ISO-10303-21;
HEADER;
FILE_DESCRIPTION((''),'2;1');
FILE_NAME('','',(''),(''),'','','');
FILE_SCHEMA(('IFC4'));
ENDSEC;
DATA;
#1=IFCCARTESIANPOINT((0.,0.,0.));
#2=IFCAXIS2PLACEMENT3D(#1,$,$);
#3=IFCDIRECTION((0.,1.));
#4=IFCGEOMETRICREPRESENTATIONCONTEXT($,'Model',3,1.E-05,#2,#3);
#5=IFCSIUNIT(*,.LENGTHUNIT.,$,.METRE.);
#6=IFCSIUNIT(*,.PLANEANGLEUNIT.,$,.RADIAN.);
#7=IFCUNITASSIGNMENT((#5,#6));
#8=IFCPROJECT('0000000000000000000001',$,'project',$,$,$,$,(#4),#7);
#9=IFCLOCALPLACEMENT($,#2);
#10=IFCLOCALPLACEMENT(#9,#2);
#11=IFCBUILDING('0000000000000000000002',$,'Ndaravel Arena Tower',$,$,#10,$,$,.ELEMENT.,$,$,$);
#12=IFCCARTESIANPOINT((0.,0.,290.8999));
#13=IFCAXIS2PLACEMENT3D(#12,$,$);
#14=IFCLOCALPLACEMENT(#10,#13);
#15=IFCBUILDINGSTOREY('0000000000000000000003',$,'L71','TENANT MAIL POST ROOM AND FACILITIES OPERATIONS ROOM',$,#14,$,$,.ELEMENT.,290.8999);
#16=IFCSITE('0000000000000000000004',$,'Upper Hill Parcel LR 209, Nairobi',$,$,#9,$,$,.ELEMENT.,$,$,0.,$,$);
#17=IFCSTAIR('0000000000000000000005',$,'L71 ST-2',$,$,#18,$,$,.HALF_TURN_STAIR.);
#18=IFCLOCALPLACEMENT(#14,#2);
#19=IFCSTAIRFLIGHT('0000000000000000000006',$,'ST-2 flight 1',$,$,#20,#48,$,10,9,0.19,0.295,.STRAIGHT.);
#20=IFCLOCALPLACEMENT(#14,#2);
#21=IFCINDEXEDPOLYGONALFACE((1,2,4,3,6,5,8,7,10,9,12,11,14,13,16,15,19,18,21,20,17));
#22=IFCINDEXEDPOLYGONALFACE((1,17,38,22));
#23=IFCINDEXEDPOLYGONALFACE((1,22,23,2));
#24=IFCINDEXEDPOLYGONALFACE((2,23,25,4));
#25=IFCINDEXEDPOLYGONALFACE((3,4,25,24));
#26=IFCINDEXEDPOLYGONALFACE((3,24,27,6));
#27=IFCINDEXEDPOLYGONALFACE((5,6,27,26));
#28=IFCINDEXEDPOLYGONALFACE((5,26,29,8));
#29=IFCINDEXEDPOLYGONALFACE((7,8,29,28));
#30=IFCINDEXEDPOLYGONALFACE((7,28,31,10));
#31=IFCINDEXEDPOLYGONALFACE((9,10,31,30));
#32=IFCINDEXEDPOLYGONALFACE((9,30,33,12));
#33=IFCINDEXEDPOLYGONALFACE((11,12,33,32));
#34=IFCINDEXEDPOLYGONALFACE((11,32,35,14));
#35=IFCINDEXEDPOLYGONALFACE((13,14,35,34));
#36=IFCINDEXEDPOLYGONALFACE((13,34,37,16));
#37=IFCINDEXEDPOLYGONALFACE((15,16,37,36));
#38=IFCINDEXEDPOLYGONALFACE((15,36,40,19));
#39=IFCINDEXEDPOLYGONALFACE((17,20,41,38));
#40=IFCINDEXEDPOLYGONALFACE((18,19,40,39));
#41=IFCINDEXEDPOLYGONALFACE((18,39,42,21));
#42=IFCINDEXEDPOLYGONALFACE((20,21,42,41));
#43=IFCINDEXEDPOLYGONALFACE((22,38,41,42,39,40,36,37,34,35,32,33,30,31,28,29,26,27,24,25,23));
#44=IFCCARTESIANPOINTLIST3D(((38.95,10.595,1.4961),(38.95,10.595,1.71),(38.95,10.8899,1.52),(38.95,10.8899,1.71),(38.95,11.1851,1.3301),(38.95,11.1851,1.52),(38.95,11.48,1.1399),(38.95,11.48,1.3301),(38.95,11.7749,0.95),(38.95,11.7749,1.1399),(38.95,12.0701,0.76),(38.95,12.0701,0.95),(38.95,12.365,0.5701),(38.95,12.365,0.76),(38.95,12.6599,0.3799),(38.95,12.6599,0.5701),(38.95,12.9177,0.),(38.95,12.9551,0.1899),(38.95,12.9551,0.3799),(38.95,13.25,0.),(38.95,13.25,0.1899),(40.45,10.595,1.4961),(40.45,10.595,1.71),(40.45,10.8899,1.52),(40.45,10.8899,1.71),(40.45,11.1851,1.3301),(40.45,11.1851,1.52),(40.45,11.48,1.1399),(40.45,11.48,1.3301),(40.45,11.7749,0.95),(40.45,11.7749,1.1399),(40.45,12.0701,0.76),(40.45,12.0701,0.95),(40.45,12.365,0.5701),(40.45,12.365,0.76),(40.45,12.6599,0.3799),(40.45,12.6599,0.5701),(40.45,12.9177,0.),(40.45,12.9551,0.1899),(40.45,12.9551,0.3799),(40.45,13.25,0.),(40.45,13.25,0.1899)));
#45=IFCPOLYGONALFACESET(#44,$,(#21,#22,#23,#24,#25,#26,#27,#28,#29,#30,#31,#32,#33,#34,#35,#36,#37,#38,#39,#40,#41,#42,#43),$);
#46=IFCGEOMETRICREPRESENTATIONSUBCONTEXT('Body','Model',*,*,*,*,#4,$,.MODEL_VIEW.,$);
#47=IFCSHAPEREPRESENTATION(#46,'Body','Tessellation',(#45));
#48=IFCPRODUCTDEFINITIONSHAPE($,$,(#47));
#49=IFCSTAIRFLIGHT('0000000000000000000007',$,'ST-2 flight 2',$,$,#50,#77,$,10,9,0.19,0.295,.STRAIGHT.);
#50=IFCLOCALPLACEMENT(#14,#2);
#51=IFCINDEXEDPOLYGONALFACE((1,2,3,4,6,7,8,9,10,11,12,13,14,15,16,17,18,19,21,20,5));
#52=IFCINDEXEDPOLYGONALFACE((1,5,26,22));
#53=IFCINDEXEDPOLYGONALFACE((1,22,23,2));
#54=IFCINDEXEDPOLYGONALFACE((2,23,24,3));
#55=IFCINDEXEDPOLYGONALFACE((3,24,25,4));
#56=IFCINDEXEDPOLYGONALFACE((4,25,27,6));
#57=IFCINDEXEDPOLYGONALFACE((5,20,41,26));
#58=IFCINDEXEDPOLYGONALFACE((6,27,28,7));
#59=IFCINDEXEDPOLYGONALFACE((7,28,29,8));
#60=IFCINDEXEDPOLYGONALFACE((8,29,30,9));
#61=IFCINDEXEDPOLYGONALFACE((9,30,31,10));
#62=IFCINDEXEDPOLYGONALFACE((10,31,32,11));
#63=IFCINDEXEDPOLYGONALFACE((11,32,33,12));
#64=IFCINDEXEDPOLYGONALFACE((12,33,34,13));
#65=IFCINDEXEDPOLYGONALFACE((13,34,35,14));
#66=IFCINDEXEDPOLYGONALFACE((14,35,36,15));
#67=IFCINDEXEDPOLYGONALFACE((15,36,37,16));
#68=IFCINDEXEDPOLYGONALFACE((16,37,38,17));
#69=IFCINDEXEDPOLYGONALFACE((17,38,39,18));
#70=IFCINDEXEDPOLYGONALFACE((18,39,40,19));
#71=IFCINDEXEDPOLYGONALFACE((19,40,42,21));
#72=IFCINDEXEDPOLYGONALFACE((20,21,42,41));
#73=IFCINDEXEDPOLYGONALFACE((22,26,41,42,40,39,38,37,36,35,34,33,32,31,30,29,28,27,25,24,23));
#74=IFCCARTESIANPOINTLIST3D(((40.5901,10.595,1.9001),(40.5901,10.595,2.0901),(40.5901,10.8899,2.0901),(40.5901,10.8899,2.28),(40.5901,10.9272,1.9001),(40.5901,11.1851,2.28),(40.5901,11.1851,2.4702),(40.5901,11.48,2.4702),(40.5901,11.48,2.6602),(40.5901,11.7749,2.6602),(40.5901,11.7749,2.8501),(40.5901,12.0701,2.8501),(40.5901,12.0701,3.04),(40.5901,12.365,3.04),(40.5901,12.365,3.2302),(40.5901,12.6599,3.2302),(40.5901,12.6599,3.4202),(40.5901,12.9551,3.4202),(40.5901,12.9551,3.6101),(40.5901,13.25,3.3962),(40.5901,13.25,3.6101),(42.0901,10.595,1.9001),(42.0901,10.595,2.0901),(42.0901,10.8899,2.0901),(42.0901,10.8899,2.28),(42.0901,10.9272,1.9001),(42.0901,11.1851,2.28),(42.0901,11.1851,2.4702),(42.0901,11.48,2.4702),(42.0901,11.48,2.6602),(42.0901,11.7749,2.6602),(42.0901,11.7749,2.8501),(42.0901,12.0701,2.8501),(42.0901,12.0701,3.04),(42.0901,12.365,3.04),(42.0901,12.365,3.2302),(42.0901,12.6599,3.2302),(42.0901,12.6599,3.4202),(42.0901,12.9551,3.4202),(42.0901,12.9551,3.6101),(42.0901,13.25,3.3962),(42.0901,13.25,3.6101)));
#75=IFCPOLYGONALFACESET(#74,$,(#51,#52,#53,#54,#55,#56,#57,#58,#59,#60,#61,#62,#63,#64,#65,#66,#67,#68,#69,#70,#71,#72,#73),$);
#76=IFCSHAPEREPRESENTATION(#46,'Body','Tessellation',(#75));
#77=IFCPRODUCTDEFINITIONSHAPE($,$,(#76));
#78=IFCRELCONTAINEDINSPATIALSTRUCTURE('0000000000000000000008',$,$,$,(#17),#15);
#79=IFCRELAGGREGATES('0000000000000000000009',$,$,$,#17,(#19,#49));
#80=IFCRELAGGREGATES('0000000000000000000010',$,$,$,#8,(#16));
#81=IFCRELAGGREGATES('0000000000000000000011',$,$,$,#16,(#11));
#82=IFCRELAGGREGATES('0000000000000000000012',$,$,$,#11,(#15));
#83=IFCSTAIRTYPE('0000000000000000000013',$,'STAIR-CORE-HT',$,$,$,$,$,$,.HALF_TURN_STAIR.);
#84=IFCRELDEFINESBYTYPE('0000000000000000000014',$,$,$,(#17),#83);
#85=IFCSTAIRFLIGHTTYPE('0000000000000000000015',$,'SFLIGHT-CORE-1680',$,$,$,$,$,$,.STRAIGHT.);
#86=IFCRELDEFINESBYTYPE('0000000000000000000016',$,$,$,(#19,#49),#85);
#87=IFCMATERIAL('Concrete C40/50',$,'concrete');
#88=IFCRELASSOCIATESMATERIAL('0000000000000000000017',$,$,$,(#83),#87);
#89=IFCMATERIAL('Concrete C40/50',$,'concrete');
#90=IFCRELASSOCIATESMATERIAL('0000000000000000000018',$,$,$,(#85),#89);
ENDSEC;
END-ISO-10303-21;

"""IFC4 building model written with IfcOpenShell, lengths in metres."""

from ifc_helpers import new_model, si_unit, direction, frame, origin, place, context, subcontext, project, spatial, polyline, outline, extrude, material, type_object, element, aggregate, save


model = new_model("IFC4")

# Units and contexts
model_context = context("Model", 3, precision=1e-05, world=origin(), true_north=direction((0.0, 1.0)))
body_context = subcontext(model_context, "Body", "Model", "MODEL_VIEW")
ifc_project = project(units=[si_unit("LENGTHUNIT", "METRE"), si_unit("PLANEANGLEUNIT", "RADIAN")], contexts=[model_context])

# Site, building, storey
site_placement = place(None, origin())
site = spatial("IfcSite", under=ifc_project, at=site_placement, Name="Upper Hill Parcel LR 209, Nairobi", CompositionType="ELEMENT", RefElevation=0.0)
building_placement = place(site_placement, origin())
building = spatial("IfcBuilding", under=site, at=building_placement, Name="Ndaravel Arena Tower", CompositionType="ELEMENT")
storey_placement = place(building_placement, frame((0.0, 0.0, 290.8999)))
storey = spatial("IfcBuildingStorey", under=building, at=storey_placement, Name="L71", Description="TENANT MAIL POST ROOM AND FACILITIES OPERATIONS ROOM", CompositionType="ELEMENT", Elevation=290.8999)

# Stair, stair flights
ifc_material_1 = material(Name="Concrete C40/50", Category="concrete")
stair_type = type_object("IfcStairType", Name="STAIR-CORE-HT", PredefinedType="HALF_TURN_STAIR", material=ifc_material_1)
ifc_material_2 = material(Name="Concrete C40/50", Category="concrete")
stair_flight_type = type_object("IfcStairFlightType", Name="SFLIGHT-CORE-1680", PredefinedType="STRAIGHT", material=ifc_material_2)
stair_1_placement = place(storey_placement, origin())
stair_1 = element("IfcStair", 1, at=stair_1_placement, inside=storey, type_object=stair_type, Name="L71 ST-2", PredefinedType="HALF_TURN_STAIR")
stair_flight_1_placement = place(storey_placement, frame((39.7, 13.25, 0.0), z_axis=(0.0, 0.0, 1.0), x_axis=(0.0, -1.0, 0.0)))
stair_flight_1 = element("IfcStairFlight", 2, at=stair_flight_1_placement, type_object=stair_flight_type, Name="ST-2 flight 1", NumberOfRisers=10, NumberOfTreads=9, PredefinedType="STRAIGHT", RiserHeight=0.19, TreadLength=0.295, context=body_context, shape_type="SweptSolid", body=[
    extrude(outline(polyline([(0.0, 0.0), (0.0, 0.1899), (0.2949, 0.1899), (0.2949, 0.3799), (0.5901, 0.3799), (0.5901, 0.5701), (0.885, 0.5701), (0.885, 0.76), (1.1799, 0.76), (1.1799, 0.95), (1.4751, 0.95), (1.4751, 1.1399), (1.77, 1.1399), (1.77, 1.3301), (2.0649, 1.3301), (2.0649, 1.52), (2.3601, 1.52), (2.3601, 1.71), (2.655, 1.71), (2.655, 1.8999), (2.655, 1.4961), (0.3323, 0.0), (0.0, 0.0)])), frame((0.0, 0.75, 0.0), z_axis=(0.0, -1.0, 0.0), x_axis=(1.0, 0.0, 0.0)), (0.0, 0.0, 1.0), 1.5),
])
stair_flight_2_placement = place(storey_placement, frame((41.3401, 10.595, 1.9001), z_axis=(0.0, 0.0, 1.0), x_axis=(0.0, 1.0, 0.0)))
stair_flight_2 = element("IfcStairFlight", 3, at=stair_flight_2_placement, type_object=stair_flight_type, Name="ST-2 flight 2", NumberOfRisers=10, NumberOfTreads=9, PredefinedType="STRAIGHT", RiserHeight=0.19, TreadLength=0.295, context=body_context, shape_type="SweptSolid", body=[
    extrude(outline(polyline([(0.0, 0.0), (0.0, 0.1899), (0.2949, 0.1899), (0.2949, 0.3799), (0.5901, 0.3799), (0.5901, 0.5701), (0.885, 0.5701), (0.885, 0.76), (1.1799, 0.76), (1.1799, 0.95), (1.4751, 0.95), (1.4751, 1.1399), (1.77, 1.1399), (1.77, 1.3301), (2.0649, 1.3301), (2.0649, 1.52), (2.3601, 1.52), (2.3601, 1.71), (2.655, 1.71), (2.655, 1.8999), (2.655, 1.4961), (0.3323, 0.0), (0.0, 0.0)])), frame((0.0, 0.75, 0.0), z_axis=(0.0, -1.0, 0.0), x_axis=(1.0, 0.0, 0.0)), (0.0, 0.0, 1.0), 1.5),
])
aggregate(stair_1, [stair_flight_1, stair_flight_2])

save(model, "model.ifc")
